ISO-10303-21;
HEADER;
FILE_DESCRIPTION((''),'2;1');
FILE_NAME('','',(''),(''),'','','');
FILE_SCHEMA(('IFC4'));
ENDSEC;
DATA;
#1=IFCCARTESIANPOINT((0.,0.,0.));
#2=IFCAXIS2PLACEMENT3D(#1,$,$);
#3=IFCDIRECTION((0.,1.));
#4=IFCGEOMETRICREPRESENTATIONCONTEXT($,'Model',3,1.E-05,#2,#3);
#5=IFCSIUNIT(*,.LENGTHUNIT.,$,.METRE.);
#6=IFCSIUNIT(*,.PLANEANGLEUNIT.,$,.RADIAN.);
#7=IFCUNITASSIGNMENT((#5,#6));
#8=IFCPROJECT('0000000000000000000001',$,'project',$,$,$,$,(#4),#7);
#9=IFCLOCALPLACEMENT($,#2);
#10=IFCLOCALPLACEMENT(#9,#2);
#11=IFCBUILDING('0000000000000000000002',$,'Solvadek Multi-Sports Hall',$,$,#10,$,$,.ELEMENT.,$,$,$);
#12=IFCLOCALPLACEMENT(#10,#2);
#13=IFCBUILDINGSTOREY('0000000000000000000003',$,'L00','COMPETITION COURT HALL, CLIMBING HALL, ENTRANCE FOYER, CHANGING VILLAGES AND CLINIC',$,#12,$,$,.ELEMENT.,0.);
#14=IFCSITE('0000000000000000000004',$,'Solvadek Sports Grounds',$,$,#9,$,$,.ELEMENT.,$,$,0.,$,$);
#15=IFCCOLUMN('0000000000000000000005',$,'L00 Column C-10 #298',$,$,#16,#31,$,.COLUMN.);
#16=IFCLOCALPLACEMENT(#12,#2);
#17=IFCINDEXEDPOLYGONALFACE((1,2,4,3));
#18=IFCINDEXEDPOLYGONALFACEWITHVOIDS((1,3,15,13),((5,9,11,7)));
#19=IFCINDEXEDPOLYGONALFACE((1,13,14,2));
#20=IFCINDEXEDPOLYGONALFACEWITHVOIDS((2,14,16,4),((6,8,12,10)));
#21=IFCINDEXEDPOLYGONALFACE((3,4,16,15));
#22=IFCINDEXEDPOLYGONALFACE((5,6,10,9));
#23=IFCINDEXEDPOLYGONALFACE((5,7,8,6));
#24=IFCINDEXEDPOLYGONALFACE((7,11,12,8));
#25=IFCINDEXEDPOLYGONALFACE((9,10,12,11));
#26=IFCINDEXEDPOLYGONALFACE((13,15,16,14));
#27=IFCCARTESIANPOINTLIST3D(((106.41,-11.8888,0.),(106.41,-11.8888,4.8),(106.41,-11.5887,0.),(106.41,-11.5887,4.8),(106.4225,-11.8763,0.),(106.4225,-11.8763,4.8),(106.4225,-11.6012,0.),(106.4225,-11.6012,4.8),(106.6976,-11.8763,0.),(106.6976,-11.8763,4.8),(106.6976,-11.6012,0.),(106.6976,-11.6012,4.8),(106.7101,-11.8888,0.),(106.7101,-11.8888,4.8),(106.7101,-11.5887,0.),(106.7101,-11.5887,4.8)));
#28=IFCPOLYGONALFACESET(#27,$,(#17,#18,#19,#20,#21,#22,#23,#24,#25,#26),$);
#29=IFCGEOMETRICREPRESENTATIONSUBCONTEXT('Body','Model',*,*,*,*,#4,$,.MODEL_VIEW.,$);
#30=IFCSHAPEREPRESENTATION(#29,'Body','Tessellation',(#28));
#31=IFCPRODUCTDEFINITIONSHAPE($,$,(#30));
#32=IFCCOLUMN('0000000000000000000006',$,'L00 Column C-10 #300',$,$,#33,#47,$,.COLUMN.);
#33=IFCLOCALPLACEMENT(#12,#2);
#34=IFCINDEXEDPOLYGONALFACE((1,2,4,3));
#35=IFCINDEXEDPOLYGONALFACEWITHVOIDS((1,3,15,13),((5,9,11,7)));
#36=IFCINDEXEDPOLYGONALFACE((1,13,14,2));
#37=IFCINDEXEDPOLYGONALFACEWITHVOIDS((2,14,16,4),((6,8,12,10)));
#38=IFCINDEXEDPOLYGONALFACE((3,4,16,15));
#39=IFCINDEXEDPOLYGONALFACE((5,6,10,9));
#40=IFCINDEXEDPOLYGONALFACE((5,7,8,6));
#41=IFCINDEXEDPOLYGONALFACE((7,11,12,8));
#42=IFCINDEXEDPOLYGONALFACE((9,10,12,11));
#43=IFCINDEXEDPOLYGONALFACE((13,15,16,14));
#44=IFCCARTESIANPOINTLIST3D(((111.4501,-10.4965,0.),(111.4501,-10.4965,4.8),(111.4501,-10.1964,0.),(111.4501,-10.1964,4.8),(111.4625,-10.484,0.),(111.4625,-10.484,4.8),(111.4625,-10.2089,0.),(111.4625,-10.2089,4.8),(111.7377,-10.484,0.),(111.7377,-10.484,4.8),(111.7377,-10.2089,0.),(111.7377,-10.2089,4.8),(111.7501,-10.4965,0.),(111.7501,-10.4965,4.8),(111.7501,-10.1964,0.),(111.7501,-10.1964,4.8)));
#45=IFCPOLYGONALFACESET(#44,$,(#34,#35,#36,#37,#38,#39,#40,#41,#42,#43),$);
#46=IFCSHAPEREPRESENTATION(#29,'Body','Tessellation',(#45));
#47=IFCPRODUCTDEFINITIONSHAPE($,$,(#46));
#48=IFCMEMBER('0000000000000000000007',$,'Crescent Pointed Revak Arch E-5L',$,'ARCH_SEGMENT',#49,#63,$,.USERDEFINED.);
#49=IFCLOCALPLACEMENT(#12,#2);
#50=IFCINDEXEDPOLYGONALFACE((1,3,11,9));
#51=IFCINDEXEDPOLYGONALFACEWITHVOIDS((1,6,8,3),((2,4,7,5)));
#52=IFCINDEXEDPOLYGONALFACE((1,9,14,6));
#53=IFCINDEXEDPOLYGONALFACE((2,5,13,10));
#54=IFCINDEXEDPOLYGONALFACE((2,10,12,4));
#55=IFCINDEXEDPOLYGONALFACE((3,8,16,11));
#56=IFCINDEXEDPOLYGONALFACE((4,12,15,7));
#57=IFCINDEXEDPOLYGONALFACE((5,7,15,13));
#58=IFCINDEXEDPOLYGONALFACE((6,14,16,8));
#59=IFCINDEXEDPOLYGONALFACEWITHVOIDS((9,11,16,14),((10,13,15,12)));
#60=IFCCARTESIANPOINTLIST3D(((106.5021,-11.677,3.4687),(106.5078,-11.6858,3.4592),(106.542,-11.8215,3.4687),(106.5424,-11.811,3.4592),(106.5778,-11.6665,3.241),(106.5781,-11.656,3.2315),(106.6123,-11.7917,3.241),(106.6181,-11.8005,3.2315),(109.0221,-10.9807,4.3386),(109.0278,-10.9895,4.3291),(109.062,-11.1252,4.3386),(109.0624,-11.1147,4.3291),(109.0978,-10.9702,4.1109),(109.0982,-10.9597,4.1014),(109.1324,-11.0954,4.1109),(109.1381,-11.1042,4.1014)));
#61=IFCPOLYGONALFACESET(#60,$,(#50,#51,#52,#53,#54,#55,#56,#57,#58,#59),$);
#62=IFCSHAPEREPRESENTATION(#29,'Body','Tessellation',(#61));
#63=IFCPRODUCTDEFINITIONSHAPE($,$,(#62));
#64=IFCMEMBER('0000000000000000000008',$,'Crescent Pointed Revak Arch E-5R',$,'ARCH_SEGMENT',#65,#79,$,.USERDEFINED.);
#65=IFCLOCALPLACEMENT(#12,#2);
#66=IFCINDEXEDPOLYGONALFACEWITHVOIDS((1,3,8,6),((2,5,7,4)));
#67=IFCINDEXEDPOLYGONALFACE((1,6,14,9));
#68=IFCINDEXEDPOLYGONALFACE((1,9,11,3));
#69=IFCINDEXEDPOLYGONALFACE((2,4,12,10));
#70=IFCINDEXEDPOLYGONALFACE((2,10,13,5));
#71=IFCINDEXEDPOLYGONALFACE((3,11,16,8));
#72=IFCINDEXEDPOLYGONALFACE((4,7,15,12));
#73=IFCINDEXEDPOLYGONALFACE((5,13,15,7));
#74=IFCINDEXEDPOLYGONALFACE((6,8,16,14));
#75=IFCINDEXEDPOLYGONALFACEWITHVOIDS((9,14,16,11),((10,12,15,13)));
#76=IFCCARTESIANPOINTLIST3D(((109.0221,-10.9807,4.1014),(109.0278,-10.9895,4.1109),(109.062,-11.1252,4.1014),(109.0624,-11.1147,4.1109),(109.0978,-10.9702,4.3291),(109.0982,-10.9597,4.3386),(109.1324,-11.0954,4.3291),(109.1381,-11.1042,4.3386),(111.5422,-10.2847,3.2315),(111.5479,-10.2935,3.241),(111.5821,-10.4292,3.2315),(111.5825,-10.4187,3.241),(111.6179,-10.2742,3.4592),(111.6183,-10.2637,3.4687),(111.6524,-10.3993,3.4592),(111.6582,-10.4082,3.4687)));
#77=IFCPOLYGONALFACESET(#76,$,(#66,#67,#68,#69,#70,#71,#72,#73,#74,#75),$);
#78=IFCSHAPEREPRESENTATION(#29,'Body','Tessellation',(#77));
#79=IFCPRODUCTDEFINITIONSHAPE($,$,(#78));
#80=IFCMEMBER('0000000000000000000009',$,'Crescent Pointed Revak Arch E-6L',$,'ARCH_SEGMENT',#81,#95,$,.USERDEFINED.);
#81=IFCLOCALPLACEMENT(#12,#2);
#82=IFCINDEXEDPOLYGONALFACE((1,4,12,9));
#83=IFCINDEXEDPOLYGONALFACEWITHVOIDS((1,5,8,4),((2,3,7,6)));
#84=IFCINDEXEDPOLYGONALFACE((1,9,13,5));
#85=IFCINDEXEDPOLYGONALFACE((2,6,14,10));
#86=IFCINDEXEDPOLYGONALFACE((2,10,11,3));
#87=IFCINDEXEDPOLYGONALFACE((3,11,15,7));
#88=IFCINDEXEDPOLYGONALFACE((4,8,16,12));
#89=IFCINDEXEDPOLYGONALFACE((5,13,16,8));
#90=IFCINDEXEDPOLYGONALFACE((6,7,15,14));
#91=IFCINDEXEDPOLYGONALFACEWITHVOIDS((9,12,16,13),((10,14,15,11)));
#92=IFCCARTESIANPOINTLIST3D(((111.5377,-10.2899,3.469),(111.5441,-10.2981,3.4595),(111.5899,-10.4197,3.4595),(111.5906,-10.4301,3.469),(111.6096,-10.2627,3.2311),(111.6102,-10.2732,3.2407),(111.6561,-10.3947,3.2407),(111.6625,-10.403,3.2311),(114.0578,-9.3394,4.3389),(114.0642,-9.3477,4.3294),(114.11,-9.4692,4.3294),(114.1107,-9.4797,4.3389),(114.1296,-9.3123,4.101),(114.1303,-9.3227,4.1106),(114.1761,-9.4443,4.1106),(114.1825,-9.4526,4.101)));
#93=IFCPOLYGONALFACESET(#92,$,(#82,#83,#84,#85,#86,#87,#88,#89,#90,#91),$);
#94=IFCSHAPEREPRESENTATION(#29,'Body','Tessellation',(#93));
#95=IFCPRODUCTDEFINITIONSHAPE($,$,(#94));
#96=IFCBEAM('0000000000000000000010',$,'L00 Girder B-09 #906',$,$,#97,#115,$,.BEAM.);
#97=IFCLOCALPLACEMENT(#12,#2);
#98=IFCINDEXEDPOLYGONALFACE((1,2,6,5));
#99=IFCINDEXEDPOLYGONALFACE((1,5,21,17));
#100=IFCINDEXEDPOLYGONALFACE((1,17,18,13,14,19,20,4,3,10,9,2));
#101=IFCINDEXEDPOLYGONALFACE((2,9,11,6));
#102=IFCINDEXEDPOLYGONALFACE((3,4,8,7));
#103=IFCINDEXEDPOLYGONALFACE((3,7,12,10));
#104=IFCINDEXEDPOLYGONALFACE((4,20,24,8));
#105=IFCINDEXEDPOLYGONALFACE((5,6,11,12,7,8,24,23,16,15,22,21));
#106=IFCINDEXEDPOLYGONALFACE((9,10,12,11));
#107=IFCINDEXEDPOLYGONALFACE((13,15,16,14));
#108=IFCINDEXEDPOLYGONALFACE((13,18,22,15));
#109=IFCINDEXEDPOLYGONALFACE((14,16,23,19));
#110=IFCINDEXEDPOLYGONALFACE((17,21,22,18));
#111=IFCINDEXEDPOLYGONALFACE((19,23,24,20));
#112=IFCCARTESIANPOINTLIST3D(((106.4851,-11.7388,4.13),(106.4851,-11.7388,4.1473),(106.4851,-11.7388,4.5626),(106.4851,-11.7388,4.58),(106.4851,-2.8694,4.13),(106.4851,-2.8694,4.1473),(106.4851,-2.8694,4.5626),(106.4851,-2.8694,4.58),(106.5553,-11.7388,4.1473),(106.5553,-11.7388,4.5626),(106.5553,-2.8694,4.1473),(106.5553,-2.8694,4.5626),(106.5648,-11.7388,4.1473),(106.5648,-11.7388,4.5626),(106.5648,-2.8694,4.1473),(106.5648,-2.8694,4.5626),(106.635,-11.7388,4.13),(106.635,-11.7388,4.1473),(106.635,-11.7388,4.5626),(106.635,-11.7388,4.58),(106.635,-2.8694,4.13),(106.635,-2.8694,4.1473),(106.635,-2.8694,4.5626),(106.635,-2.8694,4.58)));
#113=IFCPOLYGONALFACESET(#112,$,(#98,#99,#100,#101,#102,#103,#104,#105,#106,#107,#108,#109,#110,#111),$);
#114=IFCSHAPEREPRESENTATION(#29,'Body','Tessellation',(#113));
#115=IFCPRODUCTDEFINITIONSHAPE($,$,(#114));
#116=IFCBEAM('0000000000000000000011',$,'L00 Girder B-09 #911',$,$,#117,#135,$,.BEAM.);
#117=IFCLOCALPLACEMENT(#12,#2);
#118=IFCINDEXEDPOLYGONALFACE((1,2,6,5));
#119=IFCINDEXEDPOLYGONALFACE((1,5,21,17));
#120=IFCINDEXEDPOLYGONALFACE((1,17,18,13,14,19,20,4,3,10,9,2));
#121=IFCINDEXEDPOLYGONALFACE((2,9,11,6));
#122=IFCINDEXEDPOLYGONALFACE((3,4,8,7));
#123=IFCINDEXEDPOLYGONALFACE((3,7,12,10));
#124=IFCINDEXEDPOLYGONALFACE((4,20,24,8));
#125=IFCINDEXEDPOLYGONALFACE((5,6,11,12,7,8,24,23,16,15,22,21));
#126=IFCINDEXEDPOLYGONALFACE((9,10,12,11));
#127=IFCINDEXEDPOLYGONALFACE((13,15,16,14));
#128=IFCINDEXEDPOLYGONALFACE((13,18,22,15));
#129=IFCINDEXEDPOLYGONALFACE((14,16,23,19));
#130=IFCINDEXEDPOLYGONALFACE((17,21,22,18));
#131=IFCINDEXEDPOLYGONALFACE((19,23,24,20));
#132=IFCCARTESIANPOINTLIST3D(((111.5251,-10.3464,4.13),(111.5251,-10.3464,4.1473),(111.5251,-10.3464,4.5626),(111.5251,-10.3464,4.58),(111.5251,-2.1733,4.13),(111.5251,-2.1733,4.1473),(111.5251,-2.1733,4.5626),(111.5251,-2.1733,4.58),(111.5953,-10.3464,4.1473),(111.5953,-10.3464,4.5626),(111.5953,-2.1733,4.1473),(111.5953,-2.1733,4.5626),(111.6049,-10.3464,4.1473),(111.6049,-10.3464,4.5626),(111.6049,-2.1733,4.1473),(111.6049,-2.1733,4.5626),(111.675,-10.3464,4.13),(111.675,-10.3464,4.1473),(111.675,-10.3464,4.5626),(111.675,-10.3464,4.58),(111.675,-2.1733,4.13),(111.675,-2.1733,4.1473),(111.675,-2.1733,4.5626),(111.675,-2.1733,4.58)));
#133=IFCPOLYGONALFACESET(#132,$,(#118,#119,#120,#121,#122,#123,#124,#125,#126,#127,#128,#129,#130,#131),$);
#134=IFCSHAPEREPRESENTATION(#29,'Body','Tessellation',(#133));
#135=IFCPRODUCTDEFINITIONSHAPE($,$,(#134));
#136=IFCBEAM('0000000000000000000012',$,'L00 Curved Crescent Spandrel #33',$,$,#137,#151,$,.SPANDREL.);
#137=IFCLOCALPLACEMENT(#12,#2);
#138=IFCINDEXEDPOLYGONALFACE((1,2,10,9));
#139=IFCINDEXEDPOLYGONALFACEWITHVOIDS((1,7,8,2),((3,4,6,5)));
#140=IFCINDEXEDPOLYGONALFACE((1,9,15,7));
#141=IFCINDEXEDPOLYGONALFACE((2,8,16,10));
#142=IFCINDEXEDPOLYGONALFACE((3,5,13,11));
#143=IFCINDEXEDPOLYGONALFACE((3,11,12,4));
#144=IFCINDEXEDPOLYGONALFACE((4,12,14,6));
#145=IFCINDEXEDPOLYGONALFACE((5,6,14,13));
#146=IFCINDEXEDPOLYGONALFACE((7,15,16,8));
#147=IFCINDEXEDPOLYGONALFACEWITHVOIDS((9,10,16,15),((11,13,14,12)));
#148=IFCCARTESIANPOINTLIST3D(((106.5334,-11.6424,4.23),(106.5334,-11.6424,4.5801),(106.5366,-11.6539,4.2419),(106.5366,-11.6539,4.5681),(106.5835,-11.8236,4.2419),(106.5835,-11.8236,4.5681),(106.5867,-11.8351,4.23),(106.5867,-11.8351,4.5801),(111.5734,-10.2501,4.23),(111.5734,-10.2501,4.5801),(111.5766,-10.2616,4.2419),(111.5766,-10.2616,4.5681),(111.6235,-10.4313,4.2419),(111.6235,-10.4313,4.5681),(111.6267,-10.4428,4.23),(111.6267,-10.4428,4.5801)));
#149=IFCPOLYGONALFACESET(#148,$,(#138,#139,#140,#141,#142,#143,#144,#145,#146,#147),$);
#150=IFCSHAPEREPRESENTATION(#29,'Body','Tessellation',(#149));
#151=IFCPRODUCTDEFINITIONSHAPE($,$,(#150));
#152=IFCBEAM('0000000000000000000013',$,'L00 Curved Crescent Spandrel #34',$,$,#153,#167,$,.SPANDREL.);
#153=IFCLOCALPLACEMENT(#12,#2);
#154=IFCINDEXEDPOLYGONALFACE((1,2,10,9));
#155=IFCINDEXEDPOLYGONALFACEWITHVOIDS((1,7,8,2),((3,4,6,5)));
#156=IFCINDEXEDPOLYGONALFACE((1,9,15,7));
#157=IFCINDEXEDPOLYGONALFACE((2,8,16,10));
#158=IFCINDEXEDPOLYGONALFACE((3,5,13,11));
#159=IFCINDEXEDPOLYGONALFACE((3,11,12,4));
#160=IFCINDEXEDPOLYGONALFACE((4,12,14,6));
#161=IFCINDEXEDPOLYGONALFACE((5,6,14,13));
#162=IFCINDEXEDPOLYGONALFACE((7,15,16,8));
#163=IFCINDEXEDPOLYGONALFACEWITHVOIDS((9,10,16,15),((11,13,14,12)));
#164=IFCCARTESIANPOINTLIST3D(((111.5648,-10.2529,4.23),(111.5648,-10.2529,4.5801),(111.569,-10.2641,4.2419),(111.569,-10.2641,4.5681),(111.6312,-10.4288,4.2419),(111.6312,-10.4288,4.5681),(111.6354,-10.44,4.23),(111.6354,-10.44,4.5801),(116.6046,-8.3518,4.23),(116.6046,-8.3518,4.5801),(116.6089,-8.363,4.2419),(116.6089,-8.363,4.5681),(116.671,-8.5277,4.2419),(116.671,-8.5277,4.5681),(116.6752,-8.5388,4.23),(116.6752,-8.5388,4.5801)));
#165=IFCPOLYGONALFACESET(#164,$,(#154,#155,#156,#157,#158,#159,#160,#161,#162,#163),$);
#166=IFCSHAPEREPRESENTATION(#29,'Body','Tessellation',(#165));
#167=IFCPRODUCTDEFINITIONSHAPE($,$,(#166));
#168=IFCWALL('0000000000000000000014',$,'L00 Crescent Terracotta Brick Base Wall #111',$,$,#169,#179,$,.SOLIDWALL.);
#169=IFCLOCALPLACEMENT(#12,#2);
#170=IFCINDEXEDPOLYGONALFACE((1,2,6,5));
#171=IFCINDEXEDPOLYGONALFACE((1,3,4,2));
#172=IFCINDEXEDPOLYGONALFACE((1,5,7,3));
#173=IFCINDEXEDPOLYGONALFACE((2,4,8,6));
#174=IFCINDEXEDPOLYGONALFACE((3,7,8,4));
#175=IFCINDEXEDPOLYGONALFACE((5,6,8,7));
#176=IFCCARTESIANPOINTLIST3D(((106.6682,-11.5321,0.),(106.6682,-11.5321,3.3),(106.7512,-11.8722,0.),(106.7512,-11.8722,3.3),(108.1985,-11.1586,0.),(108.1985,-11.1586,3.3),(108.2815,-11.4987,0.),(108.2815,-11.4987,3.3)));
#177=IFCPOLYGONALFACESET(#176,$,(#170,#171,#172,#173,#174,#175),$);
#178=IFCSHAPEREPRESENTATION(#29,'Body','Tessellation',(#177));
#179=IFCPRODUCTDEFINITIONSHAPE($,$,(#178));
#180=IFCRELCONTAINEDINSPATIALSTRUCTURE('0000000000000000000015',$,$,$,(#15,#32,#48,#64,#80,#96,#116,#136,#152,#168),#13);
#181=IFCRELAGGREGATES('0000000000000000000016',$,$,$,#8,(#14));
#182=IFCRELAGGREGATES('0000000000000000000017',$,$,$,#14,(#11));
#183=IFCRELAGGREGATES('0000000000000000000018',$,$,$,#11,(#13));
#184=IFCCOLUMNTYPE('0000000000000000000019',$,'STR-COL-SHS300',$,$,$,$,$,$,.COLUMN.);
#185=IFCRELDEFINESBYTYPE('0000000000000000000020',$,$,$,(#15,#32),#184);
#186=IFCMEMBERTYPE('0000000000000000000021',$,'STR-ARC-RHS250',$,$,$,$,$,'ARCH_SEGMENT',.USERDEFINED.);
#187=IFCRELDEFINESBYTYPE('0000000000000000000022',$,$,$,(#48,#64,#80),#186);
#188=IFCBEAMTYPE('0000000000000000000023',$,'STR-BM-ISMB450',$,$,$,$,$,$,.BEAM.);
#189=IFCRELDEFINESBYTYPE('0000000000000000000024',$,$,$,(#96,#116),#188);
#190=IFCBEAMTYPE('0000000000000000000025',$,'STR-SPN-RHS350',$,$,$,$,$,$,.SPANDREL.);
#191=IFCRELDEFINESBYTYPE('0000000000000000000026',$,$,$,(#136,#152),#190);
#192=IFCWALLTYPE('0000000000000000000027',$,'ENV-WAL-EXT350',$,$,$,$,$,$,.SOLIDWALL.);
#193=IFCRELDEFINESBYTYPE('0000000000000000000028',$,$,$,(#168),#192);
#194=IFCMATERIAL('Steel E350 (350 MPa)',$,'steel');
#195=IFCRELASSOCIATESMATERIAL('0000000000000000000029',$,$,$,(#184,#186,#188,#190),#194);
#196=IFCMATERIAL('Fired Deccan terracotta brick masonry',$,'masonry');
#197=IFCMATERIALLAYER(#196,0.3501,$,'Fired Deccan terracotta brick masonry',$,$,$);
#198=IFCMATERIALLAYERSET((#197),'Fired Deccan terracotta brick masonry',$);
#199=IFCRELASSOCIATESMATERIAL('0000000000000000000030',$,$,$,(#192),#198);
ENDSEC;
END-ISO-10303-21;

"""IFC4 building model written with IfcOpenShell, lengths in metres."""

from ifc_helpers import new_model, si_unit, direction, frame, frame_2d, origin, origin_2d, place, context, subcontext, project, spatial, rectangle, hollow_rectangle, i_section, extrude, material, layer, layer_set, material_profile, profile_set, type_object, element, save


model = new_model("IFC4")

# Units and contexts
model_context = context("Model", 3, precision=1e-05, world=origin(), true_north=direction((0.0, 1.0)))
body_context = subcontext(model_context, "Body", "Model", "MODEL_VIEW")
ifc_project = project(units=[si_unit("LENGTHUNIT", "METRE"), si_unit("PLANEANGLEUNIT", "RADIAN")], contexts=[model_context])

# Site, building, storey
site_placement = place(None, origin())
site = spatial("IfcSite", under=ifc_project, at=site_placement, Name="Solvadek Sports Grounds", CompositionType="ELEMENT", RefElevation=0.0)
building_placement = place(site_placement, origin())
building = spatial("IfcBuilding", under=site, at=building_placement, Name="Solvadek Multi-Sports Hall", CompositionType="ELEMENT")
storey_placement = place(building_placement, origin())
storey = spatial("IfcBuildingStorey", under=building, at=storey_placement, Name="L00", Description="COMPETITION COURT HALL, CLIMBING HALL, ENTRANCE FOYER, CHANGING VILLAGES AND CLINIC", CompositionType="ELEMENT", Elevation=0.0)

# Columns
ifc_material_1 = material(Name="Steel E350 (350 MPa)", Category="steel")
ifc_material_profile_1 = material_profile(ifc_material_1, hollow_rectangle(XDim=0.3, YDim=0.3, WallThickness=0.0125, at=origin_2d()), Name="SHS 300x300x12.5")
ifc_profile_set_1 = profile_set([ifc_material_profile_1], Name="Steel E350 (350 MPa)")
column_type = type_object("IfcColumnType", Name="STR-COL-SHS300", PredefinedType="COLUMN", material=ifc_profile_set_1)
for number, where, z_axis, x_axis, name in (
    (1, (106.5601, -11.7388, 0.0), (0.0, 0.0, 1.0), (1.0, 0.0, 0.0), "L00 Column C-10 #298"),
    (2, (111.6001, -10.3464, 0.0), (0.0, 0.0, 1.0), (1.0, 0.0, 0.0), "L00 Column C-10 #300"),
):
    element("IfcColumn", number, at=place(storey_placement, frame(where, z_axis=z_axis, x_axis=x_axis)), inside=storey, type_object=column_type, Name=name, PredefinedType="COLUMN", context=body_context, shape_type="SweptSolid", body=[
        extrude(hollow_rectangle(XDim=0.3, YDim=0.3, WallThickness=0.0125, at=origin_2d()), origin(), (0.0, 0.0, 1.0), 4.8),
    ])

# Members
ifc_material_profile_2 = material_profile(ifc_material_1, hollow_rectangle(XDim=0.1499, YDim=0.25, WallThickness=0.01, at=origin_2d()), Name="RHS 250x150x10")
ifc_profile_set_2 = profile_set([ifc_material_profile_2], Name="Steel E350 (350 MPa)")
member_type = type_object("IfcMemberType", Name="STR-ARC-RHS250", ElementType="ARCH_SEGMENT", PredefinedType="USERDEFINED", material=ifc_profile_set_2)
for number, where, z_axis, x_axis, name in (
    (3, (106.5601, -11.7388, 3.3501), (0.914589, 0.252704, 0.315702), (-0.266324, 0.963884, 0.0), "Crescent Pointed Revak Arch E-5L"),
    (4, (109.0801, -11.0425, 4.22), (0.914609, 0.252621, -0.315709), (-0.266237, 0.963908, 0.0), "Crescent Pointed Revak Arch E-5R"),
):
    element("IfcMember", number, at=place(storey_placement, frame(where, z_axis=z_axis, x_axis=x_axis)), inside=storey, type_object=member_type, Name=name, ObjectType="ARCH_SEGMENT", PredefinedType="USERDEFINED", context=body_context, shape_type="SweptSolid", body=[
        extrude(hollow_rectangle(XDim=0.1499, YDim=0.25, WallThickness=0.01, at=origin_2d()), origin(), (0.0, 0.0, 1.0), 2.7554),
    ])
member_placement = place(storey_placement, frame((111.6001, -10.3464, 3.3501), z_axis=(0.890377, 0.335811, 0.307345), x_axis=(-0.352891, 0.935664, 0.0)))
element("IfcMember", 5, at=member_placement, inside=storey, type_object=member_type, Name="Crescent Pointed Revak Arch E-6L", ObjectType="ARCH_SEGMENT", PredefinedType="USERDEFINED", context=body_context, shape_type="SweptSolid", body=[
    extrude(hollow_rectangle(XDim=0.1499, YDim=0.25, WallThickness=0.01, at=origin_2d()), origin(), (0.0, 0.0, 1.0), 2.8303),
])

# Beams
ifc_material_profile_3 = material_profile(ifc_material_1, i_section(OverallWidth=0.1499, OverallDepth=0.45, WebThickness=0.0095, FlangeThickness=0.0173, at=origin_2d()), Name="ISMB 450")
ifc_profile_set_3 = profile_set([ifc_material_profile_3], Name="Steel E350 (350 MPa)")
beam_type_1 = type_object("IfcBeamType", Name="STR-BM-ISMB450", PredefinedType="BEAM", material=ifc_profile_set_3)
beam_1_placement = place(storey_placement, frame((106.5601, -11.7388, 4.355), z_axis=(0.0, 1.0, 0.0), x_axis=(-1.0, 0.0, 0.0)))
element("IfcBeam", 6, at=beam_1_placement, inside=storey, type_object=beam_type_1, Name="L00 Girder B-09 #906", PredefinedType="BEAM", context=body_context, shape_type="SweptSolid", body=[
    extrude(i_section(OverallWidth=0.1499, OverallDepth=0.45, WebThickness=0.0095, FlangeThickness=0.0173, at=origin_2d()), origin(), (0.0, 0.0, 1.0), 8.8694),
])
beam_2_placement = place(storey_placement, frame((111.6001, -10.3464, 4.355), z_axis=(0.0, 1.0, 0.0), x_axis=(-1.0, 0.0, 0.0)))
element("IfcBeam", 7, at=beam_2_placement, inside=storey, type_object=beam_type_1, Name="L00 Girder B-09 #911", PredefinedType="BEAM", context=body_context, shape_type="SweptSolid", body=[
    extrude(i_section(OverallWidth=0.1499, OverallDepth=0.45, WebThickness=0.0095, FlangeThickness=0.0173, at=origin_2d()), origin(), (0.0, 0.0, 1.0), 8.1731),
])
ifc_material_profile_4 = material_profile(ifc_material_1, hollow_rectangle(XDim=0.2, YDim=0.3501, WallThickness=0.012, at=origin_2d()), Name="RHS 350x200x12")
ifc_profile_set_4 = profile_set([ifc_material_profile_4], Name="Steel E350 (350 MPa)")
beam_type_2 = type_object("IfcBeamType", Name="STR-SPN-RHS350", PredefinedType="SPANDREL", material=ifc_profile_set_4)
beam_3_placement = place(storey_placement, frame((106.5601, -11.7388, 4.405), z_axis=(0.963896, 0.266281, 0.0), x_axis=(-0.266281, 0.963896, 0.0)))
element("IfcBeam", 8, at=beam_3_placement, inside=storey, type_object=beam_type_2, Name="L00 Curved Crescent Spandrel #33", PredefinedType="SPANDREL", context=body_context, shape_type="SweptSolid", body=[
    extrude(hollow_rectangle(XDim=0.2, YDim=0.3501, WallThickness=0.012, at=origin_2d()), origin(), (0.0, 0.0, 1.0), 5.2288),
])
beam_4_placement = place(storey_placement, frame((111.6001, -10.3464, 4.405), z_axis=(0.935644, 0.352946, 0.0), x_axis=(-0.352946, 0.935644, 0.0)))
element("IfcBeam", 9, at=beam_4_placement, inside=storey, type_object=beam_type_2, Name="L00 Curved Crescent Spandrel #34", PredefinedType="SPANDREL", context=body_context, shape_type="SweptSolid", body=[
    extrude(hollow_rectangle(XDim=0.2, YDim=0.3501, WallThickness=0.012, at=origin_2d()), origin(), (0.0, 0.0, 1.0), 5.3865),
])

# Wall
ifc_material_2 = material(Name="Fired Deccan terracotta brick masonry", Category="masonry")
ifc_layer_1 = layer(ifc_material_2, 0.3501, Name="Fired Deccan terracotta brick masonry")
ifc_layer_set_1 = layer_set([ifc_layer_1], Name="Fired Deccan terracotta brick masonry")
wall_type = type_object("IfcWallType", Name="ENV-WAL-EXT350", PredefinedType="SOLIDWALL", material=ifc_layer_set_1)
wall_1_placement = place(storey_placement, frame((106.7097, -11.7021, 0.0), z_axis=(0.0, 0.0, 1.0), x_axis=(0.971477, 0.237135, 0.0)))
element("IfcWall", 10, at=wall_1_placement, inside=storey, type_object=wall_type, Name="L00 Crescent Terracotta Brick Base Wall #111", PredefinedType="SOLIDWALL", context=body_context, shape_type="SweptSolid", body=[
    extrude(rectangle(XDim=1.5752, YDim=0.3501, at=frame_2d((0.7876, 0.0))), origin(), (0.0, 0.0, 1.0), 3.3),
])

save(model, "model.ifc")
